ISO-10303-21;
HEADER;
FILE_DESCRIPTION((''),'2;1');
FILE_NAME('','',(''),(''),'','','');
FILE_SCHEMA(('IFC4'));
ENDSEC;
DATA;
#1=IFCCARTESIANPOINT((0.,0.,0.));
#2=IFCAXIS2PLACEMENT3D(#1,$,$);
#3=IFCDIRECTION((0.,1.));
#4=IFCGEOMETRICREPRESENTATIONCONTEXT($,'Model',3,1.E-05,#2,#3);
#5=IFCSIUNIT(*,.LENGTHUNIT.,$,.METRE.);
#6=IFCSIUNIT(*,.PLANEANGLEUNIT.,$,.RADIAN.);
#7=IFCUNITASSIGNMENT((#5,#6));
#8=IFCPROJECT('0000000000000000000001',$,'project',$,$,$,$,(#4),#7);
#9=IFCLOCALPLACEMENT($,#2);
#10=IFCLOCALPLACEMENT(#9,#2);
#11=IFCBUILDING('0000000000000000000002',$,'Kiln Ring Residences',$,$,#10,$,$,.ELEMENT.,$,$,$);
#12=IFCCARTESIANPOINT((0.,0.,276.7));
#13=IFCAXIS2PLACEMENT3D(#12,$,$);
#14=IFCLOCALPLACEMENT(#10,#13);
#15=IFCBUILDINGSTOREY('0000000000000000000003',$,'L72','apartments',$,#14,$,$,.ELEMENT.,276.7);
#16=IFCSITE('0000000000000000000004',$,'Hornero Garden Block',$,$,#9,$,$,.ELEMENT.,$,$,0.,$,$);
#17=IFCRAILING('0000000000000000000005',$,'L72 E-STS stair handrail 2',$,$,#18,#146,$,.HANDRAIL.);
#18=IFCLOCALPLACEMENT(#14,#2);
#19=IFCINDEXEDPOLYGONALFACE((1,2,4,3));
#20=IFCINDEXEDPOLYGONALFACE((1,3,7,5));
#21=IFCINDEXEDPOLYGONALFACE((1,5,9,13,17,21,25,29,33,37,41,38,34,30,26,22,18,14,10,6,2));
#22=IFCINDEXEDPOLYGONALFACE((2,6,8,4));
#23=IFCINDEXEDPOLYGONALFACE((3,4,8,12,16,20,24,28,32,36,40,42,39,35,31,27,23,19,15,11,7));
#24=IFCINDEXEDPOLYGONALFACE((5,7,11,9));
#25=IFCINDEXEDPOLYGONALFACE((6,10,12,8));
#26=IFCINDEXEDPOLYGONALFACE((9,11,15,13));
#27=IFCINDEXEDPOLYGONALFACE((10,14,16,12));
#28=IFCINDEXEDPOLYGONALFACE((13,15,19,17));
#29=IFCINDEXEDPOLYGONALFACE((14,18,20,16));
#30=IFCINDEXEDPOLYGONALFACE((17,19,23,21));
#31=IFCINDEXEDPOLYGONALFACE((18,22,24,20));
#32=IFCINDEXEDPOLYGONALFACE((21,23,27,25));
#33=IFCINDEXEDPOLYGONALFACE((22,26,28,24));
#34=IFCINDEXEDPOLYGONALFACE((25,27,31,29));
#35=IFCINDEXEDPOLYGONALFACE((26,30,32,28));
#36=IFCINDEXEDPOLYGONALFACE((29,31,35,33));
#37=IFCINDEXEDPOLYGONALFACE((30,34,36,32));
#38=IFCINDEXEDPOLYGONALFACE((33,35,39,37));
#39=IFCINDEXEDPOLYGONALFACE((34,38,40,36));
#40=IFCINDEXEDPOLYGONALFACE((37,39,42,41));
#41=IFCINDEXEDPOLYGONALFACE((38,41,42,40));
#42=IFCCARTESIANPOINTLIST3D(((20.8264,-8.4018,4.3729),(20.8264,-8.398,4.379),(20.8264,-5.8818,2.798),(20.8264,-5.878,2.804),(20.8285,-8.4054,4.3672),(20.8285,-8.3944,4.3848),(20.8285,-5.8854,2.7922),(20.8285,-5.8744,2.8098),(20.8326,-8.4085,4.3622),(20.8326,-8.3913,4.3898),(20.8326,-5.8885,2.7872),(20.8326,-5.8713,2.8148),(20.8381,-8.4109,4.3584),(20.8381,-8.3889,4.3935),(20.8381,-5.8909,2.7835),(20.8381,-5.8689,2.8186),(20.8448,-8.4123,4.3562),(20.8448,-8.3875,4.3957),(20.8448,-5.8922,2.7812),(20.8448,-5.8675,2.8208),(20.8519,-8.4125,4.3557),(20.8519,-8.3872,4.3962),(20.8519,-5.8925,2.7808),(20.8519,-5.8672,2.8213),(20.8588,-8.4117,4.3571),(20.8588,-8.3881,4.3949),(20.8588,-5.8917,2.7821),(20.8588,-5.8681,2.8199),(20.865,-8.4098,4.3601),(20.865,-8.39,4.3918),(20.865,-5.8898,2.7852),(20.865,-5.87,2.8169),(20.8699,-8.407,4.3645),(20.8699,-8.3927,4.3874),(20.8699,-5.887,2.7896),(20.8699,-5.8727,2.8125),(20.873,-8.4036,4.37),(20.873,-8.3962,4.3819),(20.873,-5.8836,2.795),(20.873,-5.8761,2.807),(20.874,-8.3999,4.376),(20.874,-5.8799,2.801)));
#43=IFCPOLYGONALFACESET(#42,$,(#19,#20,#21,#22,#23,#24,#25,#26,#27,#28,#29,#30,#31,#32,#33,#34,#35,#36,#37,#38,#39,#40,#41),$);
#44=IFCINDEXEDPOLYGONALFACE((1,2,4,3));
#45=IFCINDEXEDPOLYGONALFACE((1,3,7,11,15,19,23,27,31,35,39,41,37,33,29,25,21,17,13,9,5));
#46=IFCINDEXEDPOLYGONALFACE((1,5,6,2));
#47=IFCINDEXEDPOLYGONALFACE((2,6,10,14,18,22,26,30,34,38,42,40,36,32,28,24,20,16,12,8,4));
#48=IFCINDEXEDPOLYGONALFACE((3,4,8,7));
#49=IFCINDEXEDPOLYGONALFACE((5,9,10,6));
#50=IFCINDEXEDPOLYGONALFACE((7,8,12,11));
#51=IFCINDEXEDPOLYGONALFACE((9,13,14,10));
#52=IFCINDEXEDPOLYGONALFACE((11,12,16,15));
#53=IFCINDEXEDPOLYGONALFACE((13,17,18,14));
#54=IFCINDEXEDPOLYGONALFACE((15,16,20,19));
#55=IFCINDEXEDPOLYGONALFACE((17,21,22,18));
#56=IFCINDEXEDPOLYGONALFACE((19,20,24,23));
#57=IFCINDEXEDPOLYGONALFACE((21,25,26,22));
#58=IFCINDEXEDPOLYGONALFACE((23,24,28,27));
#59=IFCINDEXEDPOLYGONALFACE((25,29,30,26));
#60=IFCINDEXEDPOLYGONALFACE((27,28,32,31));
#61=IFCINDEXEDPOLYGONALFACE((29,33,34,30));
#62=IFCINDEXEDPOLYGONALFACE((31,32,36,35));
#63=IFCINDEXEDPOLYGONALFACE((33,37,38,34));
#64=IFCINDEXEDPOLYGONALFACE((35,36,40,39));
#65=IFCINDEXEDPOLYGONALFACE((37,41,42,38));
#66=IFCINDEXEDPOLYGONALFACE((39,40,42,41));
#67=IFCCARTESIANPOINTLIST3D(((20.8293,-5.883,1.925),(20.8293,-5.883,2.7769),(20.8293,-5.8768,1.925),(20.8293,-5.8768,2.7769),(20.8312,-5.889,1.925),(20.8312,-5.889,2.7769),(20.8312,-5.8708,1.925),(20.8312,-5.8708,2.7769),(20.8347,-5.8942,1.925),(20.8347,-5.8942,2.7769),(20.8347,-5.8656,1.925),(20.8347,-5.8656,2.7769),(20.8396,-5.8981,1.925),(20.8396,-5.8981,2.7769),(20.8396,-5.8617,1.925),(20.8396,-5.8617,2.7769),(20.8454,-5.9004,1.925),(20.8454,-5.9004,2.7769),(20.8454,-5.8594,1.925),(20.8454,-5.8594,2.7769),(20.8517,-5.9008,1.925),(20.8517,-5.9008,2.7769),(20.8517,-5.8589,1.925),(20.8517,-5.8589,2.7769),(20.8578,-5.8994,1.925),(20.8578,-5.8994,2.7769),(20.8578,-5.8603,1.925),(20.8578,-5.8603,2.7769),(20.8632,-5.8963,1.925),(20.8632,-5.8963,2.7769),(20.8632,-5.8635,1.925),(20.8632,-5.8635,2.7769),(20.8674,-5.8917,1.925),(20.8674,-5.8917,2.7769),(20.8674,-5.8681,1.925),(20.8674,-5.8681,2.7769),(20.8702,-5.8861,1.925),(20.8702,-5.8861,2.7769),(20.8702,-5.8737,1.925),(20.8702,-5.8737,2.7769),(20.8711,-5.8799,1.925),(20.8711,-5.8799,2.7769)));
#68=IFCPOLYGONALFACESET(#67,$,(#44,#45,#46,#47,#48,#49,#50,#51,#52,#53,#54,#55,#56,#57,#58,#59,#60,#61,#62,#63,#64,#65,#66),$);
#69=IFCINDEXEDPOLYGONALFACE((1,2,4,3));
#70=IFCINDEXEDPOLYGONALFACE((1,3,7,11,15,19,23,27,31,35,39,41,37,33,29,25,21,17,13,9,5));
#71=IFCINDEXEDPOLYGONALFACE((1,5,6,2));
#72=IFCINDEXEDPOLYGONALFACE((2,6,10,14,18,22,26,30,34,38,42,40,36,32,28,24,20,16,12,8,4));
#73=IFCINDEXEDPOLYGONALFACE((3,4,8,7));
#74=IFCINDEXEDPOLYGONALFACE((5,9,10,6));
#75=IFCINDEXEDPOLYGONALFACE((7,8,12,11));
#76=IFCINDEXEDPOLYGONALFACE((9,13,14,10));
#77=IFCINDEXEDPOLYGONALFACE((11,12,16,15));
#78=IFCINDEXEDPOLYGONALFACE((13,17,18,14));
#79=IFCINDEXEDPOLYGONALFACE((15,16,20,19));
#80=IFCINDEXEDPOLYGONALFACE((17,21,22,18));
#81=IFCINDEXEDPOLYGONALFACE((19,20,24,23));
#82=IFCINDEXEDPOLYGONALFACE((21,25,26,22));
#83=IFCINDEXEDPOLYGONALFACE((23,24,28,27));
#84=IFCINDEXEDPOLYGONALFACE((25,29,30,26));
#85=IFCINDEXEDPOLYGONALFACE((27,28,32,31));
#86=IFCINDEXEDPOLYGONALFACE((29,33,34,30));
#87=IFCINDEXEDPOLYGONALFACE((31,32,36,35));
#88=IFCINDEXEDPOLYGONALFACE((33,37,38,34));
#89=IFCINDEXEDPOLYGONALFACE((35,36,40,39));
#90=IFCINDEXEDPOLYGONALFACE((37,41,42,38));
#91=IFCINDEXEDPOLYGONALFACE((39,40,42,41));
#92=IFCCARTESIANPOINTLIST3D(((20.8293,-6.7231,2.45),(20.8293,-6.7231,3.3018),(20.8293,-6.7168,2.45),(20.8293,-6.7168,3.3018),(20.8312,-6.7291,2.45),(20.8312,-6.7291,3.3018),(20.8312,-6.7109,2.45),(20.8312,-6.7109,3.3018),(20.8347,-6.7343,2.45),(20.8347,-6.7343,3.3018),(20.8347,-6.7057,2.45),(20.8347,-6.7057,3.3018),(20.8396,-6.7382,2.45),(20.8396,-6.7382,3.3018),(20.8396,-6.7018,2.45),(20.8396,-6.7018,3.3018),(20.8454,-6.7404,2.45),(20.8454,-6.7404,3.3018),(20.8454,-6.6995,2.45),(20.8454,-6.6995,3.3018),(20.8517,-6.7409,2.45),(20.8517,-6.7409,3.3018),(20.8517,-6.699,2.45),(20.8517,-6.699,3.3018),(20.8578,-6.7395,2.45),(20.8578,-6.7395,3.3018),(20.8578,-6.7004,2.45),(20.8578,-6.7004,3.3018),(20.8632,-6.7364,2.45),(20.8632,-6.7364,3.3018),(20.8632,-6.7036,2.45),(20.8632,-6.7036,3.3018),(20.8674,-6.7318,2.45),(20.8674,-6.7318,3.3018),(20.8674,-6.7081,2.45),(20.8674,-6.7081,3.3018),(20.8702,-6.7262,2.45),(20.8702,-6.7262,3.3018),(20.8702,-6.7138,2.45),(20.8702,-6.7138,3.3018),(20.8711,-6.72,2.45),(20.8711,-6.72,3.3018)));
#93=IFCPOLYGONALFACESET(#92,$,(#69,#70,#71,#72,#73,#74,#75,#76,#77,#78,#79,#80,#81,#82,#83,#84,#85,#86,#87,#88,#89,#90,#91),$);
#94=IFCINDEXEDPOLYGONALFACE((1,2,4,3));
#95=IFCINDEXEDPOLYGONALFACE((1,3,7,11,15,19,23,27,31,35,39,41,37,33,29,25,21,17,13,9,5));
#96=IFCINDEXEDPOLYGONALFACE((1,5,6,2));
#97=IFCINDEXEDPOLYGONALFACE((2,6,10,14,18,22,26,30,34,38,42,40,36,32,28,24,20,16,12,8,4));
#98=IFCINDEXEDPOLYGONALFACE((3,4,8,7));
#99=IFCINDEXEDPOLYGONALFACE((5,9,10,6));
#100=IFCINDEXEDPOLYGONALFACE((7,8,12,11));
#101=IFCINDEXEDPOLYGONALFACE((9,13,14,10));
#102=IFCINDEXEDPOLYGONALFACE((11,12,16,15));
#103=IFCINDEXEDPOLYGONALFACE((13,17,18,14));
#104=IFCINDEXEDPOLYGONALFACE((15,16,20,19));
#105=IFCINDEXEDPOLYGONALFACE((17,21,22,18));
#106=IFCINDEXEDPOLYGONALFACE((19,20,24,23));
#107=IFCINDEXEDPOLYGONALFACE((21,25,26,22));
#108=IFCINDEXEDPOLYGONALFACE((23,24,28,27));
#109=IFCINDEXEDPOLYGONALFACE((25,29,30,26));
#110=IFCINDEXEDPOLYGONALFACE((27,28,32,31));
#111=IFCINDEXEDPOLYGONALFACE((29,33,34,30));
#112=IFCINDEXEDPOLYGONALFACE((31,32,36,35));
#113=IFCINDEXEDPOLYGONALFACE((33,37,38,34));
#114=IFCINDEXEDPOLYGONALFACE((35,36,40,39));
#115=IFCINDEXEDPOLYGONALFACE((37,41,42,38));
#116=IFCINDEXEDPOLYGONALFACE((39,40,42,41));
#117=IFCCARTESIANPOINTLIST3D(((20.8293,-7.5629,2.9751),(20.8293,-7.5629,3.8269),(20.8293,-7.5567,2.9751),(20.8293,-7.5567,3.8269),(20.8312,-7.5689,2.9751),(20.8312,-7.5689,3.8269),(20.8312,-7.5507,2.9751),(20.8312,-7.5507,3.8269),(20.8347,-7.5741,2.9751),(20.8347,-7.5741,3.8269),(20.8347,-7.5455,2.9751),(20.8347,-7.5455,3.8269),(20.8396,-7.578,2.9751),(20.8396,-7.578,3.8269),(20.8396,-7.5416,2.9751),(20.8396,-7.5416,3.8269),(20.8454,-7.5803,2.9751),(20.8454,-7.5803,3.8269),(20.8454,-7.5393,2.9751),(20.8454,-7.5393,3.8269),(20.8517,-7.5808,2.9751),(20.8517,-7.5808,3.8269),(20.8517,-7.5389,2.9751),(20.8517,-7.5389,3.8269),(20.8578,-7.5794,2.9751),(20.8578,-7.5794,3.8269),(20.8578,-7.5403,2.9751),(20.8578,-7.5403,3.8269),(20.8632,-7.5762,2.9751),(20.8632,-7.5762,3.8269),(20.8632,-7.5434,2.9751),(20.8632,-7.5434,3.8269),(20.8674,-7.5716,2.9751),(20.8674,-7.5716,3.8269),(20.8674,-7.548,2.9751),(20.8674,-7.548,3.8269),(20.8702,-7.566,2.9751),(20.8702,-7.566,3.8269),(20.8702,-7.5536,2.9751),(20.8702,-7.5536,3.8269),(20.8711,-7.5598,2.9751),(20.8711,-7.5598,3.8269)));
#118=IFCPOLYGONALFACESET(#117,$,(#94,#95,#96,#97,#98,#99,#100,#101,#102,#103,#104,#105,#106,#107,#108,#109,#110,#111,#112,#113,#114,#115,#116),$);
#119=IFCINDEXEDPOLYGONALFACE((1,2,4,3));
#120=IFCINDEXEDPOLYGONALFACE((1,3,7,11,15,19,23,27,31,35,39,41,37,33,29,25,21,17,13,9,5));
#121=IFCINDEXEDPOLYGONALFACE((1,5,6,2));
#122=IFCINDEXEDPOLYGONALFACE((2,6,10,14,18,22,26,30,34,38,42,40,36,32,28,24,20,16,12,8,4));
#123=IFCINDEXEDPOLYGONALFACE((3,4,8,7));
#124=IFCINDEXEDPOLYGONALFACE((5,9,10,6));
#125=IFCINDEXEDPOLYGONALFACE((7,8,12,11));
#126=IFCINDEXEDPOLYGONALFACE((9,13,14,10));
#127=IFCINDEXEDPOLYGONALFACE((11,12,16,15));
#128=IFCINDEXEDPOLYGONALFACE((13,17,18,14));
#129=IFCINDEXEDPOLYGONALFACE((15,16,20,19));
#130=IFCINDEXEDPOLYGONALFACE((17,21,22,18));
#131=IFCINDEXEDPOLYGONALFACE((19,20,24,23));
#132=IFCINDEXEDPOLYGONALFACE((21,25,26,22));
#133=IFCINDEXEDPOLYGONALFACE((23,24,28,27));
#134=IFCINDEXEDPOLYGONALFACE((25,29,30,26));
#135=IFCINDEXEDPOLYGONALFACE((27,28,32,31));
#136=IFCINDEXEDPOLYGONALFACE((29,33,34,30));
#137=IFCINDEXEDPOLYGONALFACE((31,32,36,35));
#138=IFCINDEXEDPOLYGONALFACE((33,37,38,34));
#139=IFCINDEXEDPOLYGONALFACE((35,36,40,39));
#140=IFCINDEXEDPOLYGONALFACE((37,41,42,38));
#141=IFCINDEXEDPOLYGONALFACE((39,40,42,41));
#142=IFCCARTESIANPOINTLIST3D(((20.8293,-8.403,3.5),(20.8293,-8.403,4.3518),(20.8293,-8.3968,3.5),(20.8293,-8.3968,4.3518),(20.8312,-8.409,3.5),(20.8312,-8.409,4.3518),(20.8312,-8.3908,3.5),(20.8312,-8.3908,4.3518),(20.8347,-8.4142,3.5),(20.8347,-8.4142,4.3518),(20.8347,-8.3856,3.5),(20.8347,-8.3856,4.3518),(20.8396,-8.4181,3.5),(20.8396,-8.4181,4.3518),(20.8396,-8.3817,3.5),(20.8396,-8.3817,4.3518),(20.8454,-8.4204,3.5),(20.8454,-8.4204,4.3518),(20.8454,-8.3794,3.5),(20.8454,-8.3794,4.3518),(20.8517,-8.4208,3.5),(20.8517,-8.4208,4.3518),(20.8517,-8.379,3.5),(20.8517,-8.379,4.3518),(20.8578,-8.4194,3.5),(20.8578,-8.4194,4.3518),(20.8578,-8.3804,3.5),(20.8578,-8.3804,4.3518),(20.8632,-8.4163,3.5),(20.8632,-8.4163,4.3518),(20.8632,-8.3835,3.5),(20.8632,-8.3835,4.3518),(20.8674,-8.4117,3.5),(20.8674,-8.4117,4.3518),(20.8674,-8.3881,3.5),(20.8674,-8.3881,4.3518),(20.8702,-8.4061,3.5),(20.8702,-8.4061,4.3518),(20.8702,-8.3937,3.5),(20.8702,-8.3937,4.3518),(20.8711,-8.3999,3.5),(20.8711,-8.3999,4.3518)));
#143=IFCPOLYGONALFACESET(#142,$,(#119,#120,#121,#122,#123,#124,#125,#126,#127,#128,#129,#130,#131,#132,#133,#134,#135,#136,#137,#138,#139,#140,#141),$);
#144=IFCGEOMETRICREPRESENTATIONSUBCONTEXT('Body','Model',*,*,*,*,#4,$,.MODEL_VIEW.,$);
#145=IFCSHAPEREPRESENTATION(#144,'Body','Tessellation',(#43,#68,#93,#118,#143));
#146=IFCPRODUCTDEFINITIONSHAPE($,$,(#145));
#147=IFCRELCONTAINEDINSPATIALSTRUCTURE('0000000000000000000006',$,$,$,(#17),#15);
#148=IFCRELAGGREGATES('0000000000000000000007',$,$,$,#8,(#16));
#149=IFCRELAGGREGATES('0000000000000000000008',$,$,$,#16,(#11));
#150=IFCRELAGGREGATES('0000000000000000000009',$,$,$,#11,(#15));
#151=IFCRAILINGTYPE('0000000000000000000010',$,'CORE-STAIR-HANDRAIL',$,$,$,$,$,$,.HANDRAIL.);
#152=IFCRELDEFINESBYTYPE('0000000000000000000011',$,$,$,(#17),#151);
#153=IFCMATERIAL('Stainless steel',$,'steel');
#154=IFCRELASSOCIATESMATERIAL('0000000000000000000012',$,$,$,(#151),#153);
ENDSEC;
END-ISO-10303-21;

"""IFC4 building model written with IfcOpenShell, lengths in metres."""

from ifc_helpers import new_model, si_unit, direction, frame, origin, origin_2d, place, context, subcontext, project, spatial, circle, extrude, material, type_object, element, save


model = new_model("IFC4")

# Units and contexts
model_context = context("Model", 3, precision=1e-05, world=origin(), true_north=direction((0.0, 1.0)))
body_context = subcontext(model_context, "Body", "Model", "MODEL_VIEW")
ifc_project = project(units=[si_unit("LENGTHUNIT", "METRE"), si_unit("PLANEANGLEUNIT", "RADIAN")], contexts=[model_context])

# Site, building, storey
site_placement = place(None, origin())
site = spatial("IfcSite", under=ifc_project, at=site_placement, Name="Hornero Garden Block", CompositionType="ELEMENT", RefElevation=0.0)
building_placement = place(site_placement, origin())
building = spatial("IfcBuilding", under=site, at=building_placement, Name="Kiln Ring Residences", CompositionType="ELEMENT")
storey_placement = place(building_placement, frame((0.0, 0.0, 276.7)))
storey = spatial("IfcBuildingStorey", under=building, at=storey_placement, Name="L72", Description="apartments", CompositionType="ELEMENT", Elevation=276.7)

# Railing
ifc_material_1 = material(Name="Stainless steel", Category="steel")
railing_type_1 = type_object("IfcRailingType", Name="CORE-STAIR-HANDRAIL", PredefinedType="HANDRAIL", material=ifc_material_1)
railing_1_placement = place(storey_placement, frame((20.8501, -5.8799, 1.925)))
element("IfcRailing", 1, at=railing_1_placement, inside=storey, type_object=railing_type_1, Name="L72 E-STS stair handrail 2", PredefinedType="HANDRAIL", context=body_context, shape_type="SweptSolid", body=[
    extrude(circle(Radius=0.0239, at=origin_2d()), frame((0.0, 0.0, 0.876), z_axis=(0.0, -0.848008, 0.529984), x_axis=(1.0, 0.0, 0.0)), (0.0, 0.0, 1.0), 2.9717),
    extrude(circle(Radius=0.021, at=origin_2d()), origin(), (0.0, 0.0, 1.0), 0.8518),
    extrude(circle(Radius=0.021, at=origin_2d()), frame((0.0, -0.8401, 0.5249)), (0.0, 0.0, 1.0), 0.8518),
    extrude(circle(Radius=0.021, at=origin_2d()), frame((0.0, -1.6799, 1.05)), (0.0, 0.0, 1.0), 0.8518),
    extrude(circle(Radius=0.021, at=origin_2d()), frame((0.0, -2.52, 1.575)), (0.0, 0.0, 1.0), 0.8518),
])

save(model, "model.ifc")
